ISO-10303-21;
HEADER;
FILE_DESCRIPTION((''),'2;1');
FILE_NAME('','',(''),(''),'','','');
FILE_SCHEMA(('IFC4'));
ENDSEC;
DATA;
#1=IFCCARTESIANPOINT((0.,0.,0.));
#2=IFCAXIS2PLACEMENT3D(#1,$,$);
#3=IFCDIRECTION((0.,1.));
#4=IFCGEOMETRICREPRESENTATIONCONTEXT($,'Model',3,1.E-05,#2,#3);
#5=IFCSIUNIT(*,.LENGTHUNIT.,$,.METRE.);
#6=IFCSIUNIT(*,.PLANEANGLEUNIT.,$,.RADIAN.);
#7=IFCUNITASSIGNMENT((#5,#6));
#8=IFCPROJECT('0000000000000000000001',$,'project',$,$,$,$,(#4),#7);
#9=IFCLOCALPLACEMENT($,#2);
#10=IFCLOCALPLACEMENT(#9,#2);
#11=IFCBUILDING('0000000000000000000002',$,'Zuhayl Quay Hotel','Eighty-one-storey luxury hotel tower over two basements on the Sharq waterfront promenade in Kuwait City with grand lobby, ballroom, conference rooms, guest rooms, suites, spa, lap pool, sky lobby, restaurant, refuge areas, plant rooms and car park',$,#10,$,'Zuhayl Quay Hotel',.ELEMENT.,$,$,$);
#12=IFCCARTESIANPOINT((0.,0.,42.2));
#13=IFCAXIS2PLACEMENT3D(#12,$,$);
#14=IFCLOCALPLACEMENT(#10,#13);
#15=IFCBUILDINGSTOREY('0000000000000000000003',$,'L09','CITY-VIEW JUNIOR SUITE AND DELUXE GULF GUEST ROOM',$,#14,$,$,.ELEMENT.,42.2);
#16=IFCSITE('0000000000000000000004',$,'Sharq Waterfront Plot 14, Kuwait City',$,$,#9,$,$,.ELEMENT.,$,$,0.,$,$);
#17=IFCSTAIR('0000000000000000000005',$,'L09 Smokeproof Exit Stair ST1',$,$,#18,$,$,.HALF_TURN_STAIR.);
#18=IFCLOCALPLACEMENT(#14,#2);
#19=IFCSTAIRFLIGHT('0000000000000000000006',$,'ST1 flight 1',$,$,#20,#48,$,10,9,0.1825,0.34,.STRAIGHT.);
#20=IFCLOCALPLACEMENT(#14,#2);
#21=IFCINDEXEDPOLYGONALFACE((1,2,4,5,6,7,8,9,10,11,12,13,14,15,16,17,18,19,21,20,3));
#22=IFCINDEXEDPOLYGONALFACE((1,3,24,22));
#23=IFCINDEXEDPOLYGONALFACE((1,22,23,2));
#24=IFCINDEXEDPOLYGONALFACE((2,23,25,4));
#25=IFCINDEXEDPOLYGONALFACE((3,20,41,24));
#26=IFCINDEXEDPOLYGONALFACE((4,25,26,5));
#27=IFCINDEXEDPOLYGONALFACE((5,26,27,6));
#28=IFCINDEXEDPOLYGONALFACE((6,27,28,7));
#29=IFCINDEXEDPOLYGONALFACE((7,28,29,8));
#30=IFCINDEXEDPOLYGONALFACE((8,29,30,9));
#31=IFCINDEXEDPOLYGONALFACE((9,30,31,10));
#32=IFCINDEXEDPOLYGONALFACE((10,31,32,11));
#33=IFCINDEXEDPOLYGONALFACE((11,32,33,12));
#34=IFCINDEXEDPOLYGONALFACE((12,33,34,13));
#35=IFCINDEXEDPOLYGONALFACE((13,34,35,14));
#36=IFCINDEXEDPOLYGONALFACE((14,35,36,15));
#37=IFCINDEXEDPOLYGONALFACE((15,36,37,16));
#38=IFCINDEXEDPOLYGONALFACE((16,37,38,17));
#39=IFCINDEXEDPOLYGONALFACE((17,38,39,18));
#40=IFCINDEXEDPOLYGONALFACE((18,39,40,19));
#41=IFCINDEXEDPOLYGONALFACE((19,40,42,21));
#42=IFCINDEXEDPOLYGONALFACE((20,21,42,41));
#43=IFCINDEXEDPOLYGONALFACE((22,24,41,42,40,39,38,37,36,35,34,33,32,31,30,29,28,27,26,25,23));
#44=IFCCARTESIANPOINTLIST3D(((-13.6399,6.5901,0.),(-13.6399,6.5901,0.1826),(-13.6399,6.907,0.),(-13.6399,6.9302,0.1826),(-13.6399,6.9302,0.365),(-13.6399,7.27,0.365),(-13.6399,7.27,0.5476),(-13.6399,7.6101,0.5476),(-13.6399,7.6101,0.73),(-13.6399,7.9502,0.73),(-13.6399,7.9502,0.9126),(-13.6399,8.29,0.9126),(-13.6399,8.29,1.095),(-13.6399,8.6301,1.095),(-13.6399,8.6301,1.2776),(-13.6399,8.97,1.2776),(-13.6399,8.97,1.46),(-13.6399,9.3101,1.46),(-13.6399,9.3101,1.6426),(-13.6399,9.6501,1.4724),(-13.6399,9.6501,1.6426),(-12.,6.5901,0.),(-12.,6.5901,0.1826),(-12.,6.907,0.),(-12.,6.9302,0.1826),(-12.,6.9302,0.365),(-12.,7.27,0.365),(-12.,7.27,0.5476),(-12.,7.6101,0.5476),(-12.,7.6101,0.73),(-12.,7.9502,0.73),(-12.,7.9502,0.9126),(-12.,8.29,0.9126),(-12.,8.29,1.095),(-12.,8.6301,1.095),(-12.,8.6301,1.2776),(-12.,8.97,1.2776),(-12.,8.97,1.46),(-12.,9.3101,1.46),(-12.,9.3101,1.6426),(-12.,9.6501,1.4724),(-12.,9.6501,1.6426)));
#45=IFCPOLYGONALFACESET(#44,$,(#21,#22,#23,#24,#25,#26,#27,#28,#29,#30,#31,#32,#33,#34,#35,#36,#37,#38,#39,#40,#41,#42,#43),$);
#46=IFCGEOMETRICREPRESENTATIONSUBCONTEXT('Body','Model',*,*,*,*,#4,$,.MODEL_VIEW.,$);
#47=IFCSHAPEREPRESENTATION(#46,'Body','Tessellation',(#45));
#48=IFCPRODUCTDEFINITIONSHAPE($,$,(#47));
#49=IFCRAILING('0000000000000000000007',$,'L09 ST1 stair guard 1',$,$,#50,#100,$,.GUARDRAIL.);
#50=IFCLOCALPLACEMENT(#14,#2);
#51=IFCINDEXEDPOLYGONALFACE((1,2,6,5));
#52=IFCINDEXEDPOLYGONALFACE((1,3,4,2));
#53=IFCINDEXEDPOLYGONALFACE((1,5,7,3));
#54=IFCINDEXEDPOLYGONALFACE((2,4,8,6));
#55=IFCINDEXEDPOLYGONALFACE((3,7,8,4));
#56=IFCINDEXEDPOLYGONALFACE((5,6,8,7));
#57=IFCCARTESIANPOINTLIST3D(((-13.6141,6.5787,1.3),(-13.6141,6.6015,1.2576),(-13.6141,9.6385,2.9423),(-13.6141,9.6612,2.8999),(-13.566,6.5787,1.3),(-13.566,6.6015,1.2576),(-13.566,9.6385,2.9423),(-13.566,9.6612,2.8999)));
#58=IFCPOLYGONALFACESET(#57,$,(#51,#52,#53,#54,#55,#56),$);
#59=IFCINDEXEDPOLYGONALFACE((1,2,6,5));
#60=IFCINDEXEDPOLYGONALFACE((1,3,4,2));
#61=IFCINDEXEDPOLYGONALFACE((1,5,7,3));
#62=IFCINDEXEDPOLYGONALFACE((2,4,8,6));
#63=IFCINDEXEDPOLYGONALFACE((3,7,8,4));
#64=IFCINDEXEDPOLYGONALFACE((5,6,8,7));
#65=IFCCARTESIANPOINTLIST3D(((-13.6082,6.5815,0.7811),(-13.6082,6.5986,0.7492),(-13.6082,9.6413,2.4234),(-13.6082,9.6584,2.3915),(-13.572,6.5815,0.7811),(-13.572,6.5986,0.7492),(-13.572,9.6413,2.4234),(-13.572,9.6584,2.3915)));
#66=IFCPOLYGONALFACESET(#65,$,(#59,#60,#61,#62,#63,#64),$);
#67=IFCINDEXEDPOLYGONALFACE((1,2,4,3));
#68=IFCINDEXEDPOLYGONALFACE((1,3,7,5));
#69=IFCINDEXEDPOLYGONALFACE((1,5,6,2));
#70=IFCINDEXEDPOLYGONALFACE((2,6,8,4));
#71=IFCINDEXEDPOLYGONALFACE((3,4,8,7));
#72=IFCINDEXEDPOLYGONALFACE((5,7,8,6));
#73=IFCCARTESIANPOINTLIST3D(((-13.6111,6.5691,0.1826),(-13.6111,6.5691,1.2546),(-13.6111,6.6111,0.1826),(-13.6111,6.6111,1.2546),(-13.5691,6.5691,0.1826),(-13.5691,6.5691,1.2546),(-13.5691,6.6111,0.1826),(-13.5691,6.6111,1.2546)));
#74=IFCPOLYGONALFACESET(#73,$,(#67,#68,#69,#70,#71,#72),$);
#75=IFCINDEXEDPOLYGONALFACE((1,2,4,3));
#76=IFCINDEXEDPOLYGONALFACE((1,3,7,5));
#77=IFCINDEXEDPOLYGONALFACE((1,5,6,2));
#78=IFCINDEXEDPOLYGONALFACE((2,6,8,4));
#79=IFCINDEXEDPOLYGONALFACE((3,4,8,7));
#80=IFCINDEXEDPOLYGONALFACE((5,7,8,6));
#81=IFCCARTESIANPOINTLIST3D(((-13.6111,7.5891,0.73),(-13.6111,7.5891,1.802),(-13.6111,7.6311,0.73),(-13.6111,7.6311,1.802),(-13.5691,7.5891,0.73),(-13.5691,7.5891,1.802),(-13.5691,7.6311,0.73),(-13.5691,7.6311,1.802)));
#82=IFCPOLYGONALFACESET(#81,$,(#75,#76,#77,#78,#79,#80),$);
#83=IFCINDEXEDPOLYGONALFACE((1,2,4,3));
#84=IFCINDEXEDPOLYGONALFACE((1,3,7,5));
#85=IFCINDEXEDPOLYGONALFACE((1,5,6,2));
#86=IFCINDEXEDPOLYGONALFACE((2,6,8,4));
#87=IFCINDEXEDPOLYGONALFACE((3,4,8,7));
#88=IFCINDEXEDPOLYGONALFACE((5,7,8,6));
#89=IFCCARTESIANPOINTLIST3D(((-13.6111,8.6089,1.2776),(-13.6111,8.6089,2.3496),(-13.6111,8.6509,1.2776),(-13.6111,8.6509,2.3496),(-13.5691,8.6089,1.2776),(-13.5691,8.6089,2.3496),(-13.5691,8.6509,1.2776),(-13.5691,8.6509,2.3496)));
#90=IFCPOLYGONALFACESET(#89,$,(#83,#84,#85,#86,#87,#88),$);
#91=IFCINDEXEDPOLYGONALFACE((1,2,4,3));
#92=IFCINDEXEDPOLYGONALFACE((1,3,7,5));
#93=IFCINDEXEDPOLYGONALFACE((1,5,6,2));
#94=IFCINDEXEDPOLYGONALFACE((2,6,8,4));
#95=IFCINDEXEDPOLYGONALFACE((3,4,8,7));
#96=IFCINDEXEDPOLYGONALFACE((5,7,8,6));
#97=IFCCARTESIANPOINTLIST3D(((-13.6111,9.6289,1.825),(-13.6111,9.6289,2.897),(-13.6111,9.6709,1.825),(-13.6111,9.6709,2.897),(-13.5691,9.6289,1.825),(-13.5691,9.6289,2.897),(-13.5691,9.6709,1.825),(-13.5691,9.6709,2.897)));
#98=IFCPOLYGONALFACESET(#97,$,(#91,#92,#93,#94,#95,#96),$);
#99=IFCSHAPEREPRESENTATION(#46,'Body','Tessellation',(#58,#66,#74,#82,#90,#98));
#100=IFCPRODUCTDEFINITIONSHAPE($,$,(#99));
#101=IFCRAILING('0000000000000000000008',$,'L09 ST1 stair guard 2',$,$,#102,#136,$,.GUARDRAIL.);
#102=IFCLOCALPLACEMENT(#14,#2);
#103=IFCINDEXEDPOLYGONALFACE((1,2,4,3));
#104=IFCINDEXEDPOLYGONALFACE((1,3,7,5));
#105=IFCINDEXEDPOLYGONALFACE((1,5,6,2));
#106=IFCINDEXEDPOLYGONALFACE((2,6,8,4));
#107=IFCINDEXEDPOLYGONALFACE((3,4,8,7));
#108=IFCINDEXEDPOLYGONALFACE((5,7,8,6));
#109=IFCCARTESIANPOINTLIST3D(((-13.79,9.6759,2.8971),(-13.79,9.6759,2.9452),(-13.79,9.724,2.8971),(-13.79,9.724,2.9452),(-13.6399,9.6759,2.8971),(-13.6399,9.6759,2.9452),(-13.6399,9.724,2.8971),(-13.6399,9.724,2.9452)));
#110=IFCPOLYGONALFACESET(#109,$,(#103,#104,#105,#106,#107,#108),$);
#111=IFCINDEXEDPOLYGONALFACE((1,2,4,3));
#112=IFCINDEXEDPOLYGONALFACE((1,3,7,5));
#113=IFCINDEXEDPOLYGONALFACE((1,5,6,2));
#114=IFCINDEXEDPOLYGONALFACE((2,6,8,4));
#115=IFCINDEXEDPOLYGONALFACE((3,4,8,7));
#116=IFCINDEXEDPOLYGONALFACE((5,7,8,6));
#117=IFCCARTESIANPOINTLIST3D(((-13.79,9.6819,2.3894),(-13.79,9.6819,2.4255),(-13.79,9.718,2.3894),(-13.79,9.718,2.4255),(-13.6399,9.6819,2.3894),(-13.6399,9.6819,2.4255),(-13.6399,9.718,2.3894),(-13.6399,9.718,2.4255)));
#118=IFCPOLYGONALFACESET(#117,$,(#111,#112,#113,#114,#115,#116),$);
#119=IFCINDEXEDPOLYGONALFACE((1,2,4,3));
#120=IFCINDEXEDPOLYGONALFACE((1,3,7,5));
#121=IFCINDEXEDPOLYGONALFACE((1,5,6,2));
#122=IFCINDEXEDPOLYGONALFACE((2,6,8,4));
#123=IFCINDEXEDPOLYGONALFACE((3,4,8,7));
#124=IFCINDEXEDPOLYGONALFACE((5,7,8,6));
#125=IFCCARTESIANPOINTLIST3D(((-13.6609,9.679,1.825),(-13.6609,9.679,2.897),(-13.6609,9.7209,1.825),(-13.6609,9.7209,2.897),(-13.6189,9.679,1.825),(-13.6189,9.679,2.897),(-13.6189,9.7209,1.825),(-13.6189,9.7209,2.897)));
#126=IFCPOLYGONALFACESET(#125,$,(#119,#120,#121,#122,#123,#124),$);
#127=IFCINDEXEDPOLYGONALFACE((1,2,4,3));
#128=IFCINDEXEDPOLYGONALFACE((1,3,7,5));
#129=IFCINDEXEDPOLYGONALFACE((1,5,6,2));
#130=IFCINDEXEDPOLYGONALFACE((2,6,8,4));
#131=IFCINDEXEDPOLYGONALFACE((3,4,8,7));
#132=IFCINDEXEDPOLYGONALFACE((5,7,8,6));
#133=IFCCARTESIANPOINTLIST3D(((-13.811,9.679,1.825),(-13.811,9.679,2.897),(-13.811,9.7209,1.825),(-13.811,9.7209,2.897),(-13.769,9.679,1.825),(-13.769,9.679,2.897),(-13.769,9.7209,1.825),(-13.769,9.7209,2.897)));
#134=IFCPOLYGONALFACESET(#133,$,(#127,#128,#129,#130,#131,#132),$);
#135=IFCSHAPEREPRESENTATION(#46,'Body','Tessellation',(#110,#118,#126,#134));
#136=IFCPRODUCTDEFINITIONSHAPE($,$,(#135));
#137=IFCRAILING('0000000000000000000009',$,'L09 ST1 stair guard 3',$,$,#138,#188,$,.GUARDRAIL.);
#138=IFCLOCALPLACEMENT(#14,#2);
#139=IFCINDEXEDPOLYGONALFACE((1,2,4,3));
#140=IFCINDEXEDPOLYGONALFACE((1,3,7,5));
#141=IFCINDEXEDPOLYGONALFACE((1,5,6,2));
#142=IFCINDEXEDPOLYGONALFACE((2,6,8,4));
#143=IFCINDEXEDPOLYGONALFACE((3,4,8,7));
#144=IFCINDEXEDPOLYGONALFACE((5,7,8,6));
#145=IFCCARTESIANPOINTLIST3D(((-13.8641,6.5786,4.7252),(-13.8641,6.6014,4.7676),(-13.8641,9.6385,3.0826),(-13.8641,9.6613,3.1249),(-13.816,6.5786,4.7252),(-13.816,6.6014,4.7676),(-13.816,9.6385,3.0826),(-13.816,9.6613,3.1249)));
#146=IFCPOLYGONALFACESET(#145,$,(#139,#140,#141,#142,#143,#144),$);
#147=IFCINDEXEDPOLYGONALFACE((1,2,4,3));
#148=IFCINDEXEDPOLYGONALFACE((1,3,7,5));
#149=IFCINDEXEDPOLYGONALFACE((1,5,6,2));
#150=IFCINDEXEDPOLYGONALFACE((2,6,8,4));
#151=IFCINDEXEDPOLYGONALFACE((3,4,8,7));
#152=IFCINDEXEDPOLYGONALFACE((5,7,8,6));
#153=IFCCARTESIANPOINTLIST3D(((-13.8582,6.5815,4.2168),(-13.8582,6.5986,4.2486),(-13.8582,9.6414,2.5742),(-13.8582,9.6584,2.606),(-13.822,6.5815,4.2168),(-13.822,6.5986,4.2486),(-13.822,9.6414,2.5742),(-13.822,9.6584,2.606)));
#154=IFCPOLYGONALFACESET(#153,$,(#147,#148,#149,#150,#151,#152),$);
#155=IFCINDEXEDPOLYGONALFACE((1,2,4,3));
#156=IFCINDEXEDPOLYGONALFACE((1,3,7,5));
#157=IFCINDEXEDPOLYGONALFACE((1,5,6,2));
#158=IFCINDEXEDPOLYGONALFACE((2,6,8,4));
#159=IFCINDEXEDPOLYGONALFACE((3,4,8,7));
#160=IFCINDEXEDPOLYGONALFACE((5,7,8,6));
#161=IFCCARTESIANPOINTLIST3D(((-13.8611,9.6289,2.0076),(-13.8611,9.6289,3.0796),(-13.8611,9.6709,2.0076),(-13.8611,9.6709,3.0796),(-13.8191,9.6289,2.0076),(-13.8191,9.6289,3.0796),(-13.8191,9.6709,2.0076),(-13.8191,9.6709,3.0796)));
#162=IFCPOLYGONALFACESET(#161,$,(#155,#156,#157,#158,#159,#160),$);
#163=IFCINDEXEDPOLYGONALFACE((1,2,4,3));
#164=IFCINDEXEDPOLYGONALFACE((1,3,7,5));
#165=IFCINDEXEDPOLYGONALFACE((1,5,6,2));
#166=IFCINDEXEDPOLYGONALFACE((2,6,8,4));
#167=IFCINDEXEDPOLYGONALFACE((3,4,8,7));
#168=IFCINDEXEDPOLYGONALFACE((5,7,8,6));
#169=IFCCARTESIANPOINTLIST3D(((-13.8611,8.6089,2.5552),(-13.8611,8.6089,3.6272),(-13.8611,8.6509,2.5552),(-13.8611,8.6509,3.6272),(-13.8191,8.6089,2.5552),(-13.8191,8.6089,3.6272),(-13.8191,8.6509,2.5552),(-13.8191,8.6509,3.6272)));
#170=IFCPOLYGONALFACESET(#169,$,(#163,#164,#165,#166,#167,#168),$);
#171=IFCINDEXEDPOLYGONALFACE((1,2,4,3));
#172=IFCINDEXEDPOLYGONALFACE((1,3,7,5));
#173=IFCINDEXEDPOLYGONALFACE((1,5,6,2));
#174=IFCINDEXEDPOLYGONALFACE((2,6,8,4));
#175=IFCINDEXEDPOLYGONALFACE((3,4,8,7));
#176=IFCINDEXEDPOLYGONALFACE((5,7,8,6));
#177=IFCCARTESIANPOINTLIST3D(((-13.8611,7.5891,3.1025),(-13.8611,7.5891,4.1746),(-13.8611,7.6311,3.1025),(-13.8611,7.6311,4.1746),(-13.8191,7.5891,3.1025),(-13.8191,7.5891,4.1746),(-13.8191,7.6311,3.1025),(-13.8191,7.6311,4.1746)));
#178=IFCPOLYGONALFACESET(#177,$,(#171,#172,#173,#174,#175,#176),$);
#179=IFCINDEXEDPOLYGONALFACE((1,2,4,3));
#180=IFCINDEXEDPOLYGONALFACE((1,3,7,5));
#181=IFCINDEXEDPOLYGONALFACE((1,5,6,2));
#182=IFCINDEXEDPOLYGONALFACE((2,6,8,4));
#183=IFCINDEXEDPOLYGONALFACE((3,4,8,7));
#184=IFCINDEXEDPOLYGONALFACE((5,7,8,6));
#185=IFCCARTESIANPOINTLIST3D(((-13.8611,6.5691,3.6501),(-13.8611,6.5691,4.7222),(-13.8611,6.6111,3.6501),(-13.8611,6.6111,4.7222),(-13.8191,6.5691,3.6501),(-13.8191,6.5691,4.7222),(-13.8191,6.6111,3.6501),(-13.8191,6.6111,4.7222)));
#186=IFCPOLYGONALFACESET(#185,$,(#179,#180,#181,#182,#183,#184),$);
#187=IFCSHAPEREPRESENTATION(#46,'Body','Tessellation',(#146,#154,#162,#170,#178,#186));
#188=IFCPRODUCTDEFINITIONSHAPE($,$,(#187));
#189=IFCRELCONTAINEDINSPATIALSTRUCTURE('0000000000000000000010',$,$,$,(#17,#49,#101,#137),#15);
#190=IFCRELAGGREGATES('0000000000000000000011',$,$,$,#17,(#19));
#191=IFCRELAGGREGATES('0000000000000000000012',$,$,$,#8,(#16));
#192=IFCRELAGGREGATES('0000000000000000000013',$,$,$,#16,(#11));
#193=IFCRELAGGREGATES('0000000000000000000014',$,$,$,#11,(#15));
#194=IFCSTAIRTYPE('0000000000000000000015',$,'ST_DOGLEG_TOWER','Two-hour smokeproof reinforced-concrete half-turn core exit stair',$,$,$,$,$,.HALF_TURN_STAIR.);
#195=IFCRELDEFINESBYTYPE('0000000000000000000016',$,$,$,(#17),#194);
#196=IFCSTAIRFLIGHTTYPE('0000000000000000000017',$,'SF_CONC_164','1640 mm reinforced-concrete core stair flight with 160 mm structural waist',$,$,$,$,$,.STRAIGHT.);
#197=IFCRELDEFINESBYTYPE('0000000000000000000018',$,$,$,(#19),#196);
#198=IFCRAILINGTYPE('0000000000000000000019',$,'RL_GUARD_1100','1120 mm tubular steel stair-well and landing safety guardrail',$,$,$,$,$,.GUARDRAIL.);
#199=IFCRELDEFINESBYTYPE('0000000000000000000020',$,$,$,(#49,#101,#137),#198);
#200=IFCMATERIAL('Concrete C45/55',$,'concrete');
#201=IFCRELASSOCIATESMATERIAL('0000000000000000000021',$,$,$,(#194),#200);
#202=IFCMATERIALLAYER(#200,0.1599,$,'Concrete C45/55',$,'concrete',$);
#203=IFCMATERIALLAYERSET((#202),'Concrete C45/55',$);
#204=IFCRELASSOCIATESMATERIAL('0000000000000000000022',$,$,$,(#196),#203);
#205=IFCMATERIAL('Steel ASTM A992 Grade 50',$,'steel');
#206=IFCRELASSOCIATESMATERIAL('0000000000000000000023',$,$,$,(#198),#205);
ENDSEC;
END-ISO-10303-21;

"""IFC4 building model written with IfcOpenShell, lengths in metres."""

from ifc_helpers import new_model, si_unit, direction, frame, origin, origin_2d, place, context, subcontext, project, spatial, polyline, rectangle, outline, extrude, material, layer, layer_set, type_object, element, aggregate, save


model = new_model("IFC4")

# Units and contexts
model_context = context("Model", 3, precision=1e-05, world=origin(), true_north=direction((0.0, 1.0)))
body_context = subcontext(model_context, "Body", "Model", "MODEL_VIEW")
ifc_project = project(units=[si_unit("LENGTHUNIT", "METRE"), si_unit("PLANEANGLEUNIT", "RADIAN")], contexts=[model_context])

# Site, building, storey
site_placement = place(None, origin())
site = spatial("IfcSite", under=ifc_project, at=site_placement, Name="Sharq Waterfront Plot 14, Kuwait City", CompositionType="ELEMENT", RefElevation=0.0)
building_placement = place(site_placement, origin())
building = spatial("IfcBuilding", under=site, at=building_placement, Name="Zuhayl Quay Hotel", Description="Eighty-one-storey luxury hotel tower over two basements on the Sharq waterfront promenade in Kuwait City with grand lobby, ballroom, conference rooms, guest rooms, suites, spa, lap pool, sky lobby, restaurant, refuge areas, plant rooms and car park", LongName="Zuhayl Quay Hotel", CompositionType="ELEMENT")
storey_placement = place(building_placement, frame((0.0, 0.0, 42.2)))
storey = spatial("IfcBuildingStorey", under=building, at=storey_placement, Name="L09", Description="CITY-VIEW JUNIOR SUITE AND DELUXE GULF GUEST ROOM", CompositionType="ELEMENT", Elevation=42.2)

# Shared definitions
ifc_material_1 = material(Name="Steel ASTM A992 Grade 50", Category="steel")

# Stair, stair flight
ifc_material_2 = material(Name="Concrete C45/55", Category="concrete")
stair_type = type_object("IfcStairType", Name="ST_DOGLEG_TOWER", Description="Two-hour smokeproof reinforced-concrete half-turn core exit stair", PredefinedType="HALF_TURN_STAIR", material=ifc_material_2)
stair_placement = place(storey_placement, origin())
stair = element("IfcStair", 1, at=stair_placement, inside=storey, type_object=stair_type, Name="L09 Smokeproof Exit Stair ST1", PredefinedType="HALF_TURN_STAIR")
ifc_layer_1 = layer(ifc_material_2, 0.1599, Name="Concrete C45/55", Category="concrete")
ifc_layer_set_1 = layer_set([ifc_layer_1], Name="Concrete C45/55")
stair_flight_type = type_object("IfcStairFlightType", Name="SF_CONC_164", Description="1640 mm reinforced-concrete core stair flight with 160 mm structural waist", PredefinedType="STRAIGHT", material=ifc_layer_set_1)
stair_flight_placement = place(storey_placement, frame((-12.8201, 6.5901, 0.0), z_axis=(0.0, 0.0, 1.0), x_axis=(0.0, 1.0, 0.0)))
stair_flight = element("IfcStairFlight", 2, at=stair_flight_placement, type_object=stair_flight_type, Name="ST1 flight 1", NumberOfRisers=10, NumberOfTreads=9, PredefinedType="STRAIGHT", RiserHeight=0.1825, TreadLength=0.34, context=body_context, shape_type="SweptSolid", body=[
    extrude(outline(polyline([(0.0, 0.0), (0.0, 0.1826), (0.3401, 0.1826), (0.3401, 0.365), (0.6799, 0.365), (0.6799, 0.5476), (1.02, 0.5476), (1.02, 0.73), (1.3601, 0.73), (1.3601, 0.9126), (1.7, 0.9126), (1.7, 1.095), (2.04, 1.095), (2.04, 1.2776), (2.3799, 1.2776), (2.3799, 1.46), (2.72, 1.46), (2.72, 1.6426), (3.0601, 1.6426), (3.0601, 1.825), (3.0601, 1.4724), (0.3169, 0.0), (0.0, 0.0)])), frame((0.0, 0.8198, 0.0), z_axis=(0.0, -1.0, 0.0), x_axis=(1.0, 0.0, 0.0)), (0.0, 0.0, 1.0), 1.6399),
])
aggregate(stair, [stair_flight])

# Railings
railing_type_1 = type_object("IfcRailingType", Name="RL_GUARD_1100", Description="1120 mm tubular steel stair-well and landing safety guardrail", PredefinedType="GUARDRAIL", material=ifc_material_1)
railing_1_placement = place(storey_placement, frame((-13.5901, 6.5901, 0.1826)))
element("IfcRailing", 3, at=railing_1_placement, inside=storey, type_object=railing_type_1, Name="L09 ST1 stair guard 1", PredefinedType="GUARDRAIL", context=body_context, shape_type="SweptSolid", body=[
    extrude(rectangle(XDim=0.0481, YDim=0.0481, at=origin_2d()), frame((0.0, 0.0, 1.0962), z_axis=(0.0, 0.881102, 0.472926), x_axis=(-1.0, 0.0, 0.0)), (0.0, 0.0, 1.0), 3.4727),
    extrude(rectangle(XDim=0.0361, YDim=0.0361, at=origin_2d()), frame((0.0, 0.0, 0.5825), z_axis=(0.0, 0.881102, 0.472926), x_axis=(-1.0, 0.0, 0.0)), (0.0, 0.0, 1.0), 3.4727),
    extrude(rectangle(XDim=0.042, YDim=0.042, at=origin_2d()), origin(), (0.0, 0.0, 1.0), 1.072),
    extrude(rectangle(XDim=0.042, YDim=0.042, at=origin_2d()), frame((0.0, 1.02, 0.5474)), (0.0, 0.0, 1.0), 1.072),
    extrude(rectangle(XDim=0.042, YDim=0.042, at=origin_2d()), frame((0.0, 2.0398, 1.095)), (0.0, 0.0, 1.0), 1.072),
    extrude(rectangle(XDim=0.042, YDim=0.042, at=origin_2d()), frame((0.0, 3.0598, 1.6423)), (0.0, 0.0, 1.0), 1.072),
])
railing_2_placement = place(storey_placement, frame((-13.6399, 9.7, 1.825)))
element("IfcRailing", 4, at=railing_2_placement, inside=storey, type_object=railing_type_1, Name="L09 ST1 stair guard 2", PredefinedType="GUARDRAIL", context=body_context, shape_type="SweptSolid", body=[
    extrude(rectangle(XDim=0.0481, YDim=0.0481, at=origin_2d()), frame((0.0, 0.0, 1.0962), z_axis=(-1.0, 0.0, 0.0), x_axis=(0.0, -1.0, 0.0)), (0.0, 0.0, 1.0), 0.1501),
    extrude(rectangle(XDim=0.0361, YDim=0.0361, at=origin_2d()), frame((0.0, 0.0, 0.5825), z_axis=(-1.0, 0.0, 0.0), x_axis=(0.0, -1.0, 0.0)), (0.0, 0.0, 1.0), 0.1501),
    extrude(rectangle(XDim=0.042, YDim=0.042, at=origin_2d()), origin(), (0.0, 0.0, 1.0), 1.072),
    extrude(rectangle(XDim=0.042, YDim=0.042, at=origin_2d()), frame((-0.1501, 0.0, 0.0)), (0.0, 0.0, 1.0), 1.072),
])
railing_3_placement = place(storey_placement, frame((-13.8401, 9.6499, 2.0076)))
element("IfcRailing", 5, at=railing_3_placement, inside=storey, type_object=railing_type_1, Name="L09 ST1 stair guard 3", PredefinedType="GUARDRAIL", context=body_context, shape_type="SweptSolid", body=[
    extrude(rectangle(XDim=0.0481, YDim=0.0481, at=origin_2d()), frame((0.0, 0.0, 1.0962), z_axis=(0.0, -0.881073, 0.47298), x_axis=(1.0, 0.0, 0.0)), (0.0, 0.0, 1.0), 3.4729),
    extrude(rectangle(XDim=0.0361, YDim=0.0361, at=origin_2d()), frame((0.0, 0.0, 0.5825), z_axis=(0.0, -0.881073, 0.47298), x_axis=(1.0, 0.0, 0.0)), (0.0, 0.0, 1.0), 3.4729),
    extrude(rectangle(XDim=0.042, YDim=0.042, at=origin_2d()), origin(), (0.0, 0.0, 1.0), 1.072),
    extrude(rectangle(XDim=0.042, YDim=0.042, at=origin_2d()), frame((0.0, -1.02, 0.5476)), (0.0, 0.0, 1.0), 1.072),
    extrude(rectangle(XDim=0.042, YDim=0.042, at=origin_2d()), frame((0.0, -2.0398, 1.095)), (0.0, 0.0, 1.0), 1.072),
    extrude(rectangle(XDim=0.042, YDim=0.042, at=origin_2d()), frame((0.0, -3.0598, 1.6426)), (0.0, 0.0, 1.0), 1.072),
])

save(model, "model.ifc")
